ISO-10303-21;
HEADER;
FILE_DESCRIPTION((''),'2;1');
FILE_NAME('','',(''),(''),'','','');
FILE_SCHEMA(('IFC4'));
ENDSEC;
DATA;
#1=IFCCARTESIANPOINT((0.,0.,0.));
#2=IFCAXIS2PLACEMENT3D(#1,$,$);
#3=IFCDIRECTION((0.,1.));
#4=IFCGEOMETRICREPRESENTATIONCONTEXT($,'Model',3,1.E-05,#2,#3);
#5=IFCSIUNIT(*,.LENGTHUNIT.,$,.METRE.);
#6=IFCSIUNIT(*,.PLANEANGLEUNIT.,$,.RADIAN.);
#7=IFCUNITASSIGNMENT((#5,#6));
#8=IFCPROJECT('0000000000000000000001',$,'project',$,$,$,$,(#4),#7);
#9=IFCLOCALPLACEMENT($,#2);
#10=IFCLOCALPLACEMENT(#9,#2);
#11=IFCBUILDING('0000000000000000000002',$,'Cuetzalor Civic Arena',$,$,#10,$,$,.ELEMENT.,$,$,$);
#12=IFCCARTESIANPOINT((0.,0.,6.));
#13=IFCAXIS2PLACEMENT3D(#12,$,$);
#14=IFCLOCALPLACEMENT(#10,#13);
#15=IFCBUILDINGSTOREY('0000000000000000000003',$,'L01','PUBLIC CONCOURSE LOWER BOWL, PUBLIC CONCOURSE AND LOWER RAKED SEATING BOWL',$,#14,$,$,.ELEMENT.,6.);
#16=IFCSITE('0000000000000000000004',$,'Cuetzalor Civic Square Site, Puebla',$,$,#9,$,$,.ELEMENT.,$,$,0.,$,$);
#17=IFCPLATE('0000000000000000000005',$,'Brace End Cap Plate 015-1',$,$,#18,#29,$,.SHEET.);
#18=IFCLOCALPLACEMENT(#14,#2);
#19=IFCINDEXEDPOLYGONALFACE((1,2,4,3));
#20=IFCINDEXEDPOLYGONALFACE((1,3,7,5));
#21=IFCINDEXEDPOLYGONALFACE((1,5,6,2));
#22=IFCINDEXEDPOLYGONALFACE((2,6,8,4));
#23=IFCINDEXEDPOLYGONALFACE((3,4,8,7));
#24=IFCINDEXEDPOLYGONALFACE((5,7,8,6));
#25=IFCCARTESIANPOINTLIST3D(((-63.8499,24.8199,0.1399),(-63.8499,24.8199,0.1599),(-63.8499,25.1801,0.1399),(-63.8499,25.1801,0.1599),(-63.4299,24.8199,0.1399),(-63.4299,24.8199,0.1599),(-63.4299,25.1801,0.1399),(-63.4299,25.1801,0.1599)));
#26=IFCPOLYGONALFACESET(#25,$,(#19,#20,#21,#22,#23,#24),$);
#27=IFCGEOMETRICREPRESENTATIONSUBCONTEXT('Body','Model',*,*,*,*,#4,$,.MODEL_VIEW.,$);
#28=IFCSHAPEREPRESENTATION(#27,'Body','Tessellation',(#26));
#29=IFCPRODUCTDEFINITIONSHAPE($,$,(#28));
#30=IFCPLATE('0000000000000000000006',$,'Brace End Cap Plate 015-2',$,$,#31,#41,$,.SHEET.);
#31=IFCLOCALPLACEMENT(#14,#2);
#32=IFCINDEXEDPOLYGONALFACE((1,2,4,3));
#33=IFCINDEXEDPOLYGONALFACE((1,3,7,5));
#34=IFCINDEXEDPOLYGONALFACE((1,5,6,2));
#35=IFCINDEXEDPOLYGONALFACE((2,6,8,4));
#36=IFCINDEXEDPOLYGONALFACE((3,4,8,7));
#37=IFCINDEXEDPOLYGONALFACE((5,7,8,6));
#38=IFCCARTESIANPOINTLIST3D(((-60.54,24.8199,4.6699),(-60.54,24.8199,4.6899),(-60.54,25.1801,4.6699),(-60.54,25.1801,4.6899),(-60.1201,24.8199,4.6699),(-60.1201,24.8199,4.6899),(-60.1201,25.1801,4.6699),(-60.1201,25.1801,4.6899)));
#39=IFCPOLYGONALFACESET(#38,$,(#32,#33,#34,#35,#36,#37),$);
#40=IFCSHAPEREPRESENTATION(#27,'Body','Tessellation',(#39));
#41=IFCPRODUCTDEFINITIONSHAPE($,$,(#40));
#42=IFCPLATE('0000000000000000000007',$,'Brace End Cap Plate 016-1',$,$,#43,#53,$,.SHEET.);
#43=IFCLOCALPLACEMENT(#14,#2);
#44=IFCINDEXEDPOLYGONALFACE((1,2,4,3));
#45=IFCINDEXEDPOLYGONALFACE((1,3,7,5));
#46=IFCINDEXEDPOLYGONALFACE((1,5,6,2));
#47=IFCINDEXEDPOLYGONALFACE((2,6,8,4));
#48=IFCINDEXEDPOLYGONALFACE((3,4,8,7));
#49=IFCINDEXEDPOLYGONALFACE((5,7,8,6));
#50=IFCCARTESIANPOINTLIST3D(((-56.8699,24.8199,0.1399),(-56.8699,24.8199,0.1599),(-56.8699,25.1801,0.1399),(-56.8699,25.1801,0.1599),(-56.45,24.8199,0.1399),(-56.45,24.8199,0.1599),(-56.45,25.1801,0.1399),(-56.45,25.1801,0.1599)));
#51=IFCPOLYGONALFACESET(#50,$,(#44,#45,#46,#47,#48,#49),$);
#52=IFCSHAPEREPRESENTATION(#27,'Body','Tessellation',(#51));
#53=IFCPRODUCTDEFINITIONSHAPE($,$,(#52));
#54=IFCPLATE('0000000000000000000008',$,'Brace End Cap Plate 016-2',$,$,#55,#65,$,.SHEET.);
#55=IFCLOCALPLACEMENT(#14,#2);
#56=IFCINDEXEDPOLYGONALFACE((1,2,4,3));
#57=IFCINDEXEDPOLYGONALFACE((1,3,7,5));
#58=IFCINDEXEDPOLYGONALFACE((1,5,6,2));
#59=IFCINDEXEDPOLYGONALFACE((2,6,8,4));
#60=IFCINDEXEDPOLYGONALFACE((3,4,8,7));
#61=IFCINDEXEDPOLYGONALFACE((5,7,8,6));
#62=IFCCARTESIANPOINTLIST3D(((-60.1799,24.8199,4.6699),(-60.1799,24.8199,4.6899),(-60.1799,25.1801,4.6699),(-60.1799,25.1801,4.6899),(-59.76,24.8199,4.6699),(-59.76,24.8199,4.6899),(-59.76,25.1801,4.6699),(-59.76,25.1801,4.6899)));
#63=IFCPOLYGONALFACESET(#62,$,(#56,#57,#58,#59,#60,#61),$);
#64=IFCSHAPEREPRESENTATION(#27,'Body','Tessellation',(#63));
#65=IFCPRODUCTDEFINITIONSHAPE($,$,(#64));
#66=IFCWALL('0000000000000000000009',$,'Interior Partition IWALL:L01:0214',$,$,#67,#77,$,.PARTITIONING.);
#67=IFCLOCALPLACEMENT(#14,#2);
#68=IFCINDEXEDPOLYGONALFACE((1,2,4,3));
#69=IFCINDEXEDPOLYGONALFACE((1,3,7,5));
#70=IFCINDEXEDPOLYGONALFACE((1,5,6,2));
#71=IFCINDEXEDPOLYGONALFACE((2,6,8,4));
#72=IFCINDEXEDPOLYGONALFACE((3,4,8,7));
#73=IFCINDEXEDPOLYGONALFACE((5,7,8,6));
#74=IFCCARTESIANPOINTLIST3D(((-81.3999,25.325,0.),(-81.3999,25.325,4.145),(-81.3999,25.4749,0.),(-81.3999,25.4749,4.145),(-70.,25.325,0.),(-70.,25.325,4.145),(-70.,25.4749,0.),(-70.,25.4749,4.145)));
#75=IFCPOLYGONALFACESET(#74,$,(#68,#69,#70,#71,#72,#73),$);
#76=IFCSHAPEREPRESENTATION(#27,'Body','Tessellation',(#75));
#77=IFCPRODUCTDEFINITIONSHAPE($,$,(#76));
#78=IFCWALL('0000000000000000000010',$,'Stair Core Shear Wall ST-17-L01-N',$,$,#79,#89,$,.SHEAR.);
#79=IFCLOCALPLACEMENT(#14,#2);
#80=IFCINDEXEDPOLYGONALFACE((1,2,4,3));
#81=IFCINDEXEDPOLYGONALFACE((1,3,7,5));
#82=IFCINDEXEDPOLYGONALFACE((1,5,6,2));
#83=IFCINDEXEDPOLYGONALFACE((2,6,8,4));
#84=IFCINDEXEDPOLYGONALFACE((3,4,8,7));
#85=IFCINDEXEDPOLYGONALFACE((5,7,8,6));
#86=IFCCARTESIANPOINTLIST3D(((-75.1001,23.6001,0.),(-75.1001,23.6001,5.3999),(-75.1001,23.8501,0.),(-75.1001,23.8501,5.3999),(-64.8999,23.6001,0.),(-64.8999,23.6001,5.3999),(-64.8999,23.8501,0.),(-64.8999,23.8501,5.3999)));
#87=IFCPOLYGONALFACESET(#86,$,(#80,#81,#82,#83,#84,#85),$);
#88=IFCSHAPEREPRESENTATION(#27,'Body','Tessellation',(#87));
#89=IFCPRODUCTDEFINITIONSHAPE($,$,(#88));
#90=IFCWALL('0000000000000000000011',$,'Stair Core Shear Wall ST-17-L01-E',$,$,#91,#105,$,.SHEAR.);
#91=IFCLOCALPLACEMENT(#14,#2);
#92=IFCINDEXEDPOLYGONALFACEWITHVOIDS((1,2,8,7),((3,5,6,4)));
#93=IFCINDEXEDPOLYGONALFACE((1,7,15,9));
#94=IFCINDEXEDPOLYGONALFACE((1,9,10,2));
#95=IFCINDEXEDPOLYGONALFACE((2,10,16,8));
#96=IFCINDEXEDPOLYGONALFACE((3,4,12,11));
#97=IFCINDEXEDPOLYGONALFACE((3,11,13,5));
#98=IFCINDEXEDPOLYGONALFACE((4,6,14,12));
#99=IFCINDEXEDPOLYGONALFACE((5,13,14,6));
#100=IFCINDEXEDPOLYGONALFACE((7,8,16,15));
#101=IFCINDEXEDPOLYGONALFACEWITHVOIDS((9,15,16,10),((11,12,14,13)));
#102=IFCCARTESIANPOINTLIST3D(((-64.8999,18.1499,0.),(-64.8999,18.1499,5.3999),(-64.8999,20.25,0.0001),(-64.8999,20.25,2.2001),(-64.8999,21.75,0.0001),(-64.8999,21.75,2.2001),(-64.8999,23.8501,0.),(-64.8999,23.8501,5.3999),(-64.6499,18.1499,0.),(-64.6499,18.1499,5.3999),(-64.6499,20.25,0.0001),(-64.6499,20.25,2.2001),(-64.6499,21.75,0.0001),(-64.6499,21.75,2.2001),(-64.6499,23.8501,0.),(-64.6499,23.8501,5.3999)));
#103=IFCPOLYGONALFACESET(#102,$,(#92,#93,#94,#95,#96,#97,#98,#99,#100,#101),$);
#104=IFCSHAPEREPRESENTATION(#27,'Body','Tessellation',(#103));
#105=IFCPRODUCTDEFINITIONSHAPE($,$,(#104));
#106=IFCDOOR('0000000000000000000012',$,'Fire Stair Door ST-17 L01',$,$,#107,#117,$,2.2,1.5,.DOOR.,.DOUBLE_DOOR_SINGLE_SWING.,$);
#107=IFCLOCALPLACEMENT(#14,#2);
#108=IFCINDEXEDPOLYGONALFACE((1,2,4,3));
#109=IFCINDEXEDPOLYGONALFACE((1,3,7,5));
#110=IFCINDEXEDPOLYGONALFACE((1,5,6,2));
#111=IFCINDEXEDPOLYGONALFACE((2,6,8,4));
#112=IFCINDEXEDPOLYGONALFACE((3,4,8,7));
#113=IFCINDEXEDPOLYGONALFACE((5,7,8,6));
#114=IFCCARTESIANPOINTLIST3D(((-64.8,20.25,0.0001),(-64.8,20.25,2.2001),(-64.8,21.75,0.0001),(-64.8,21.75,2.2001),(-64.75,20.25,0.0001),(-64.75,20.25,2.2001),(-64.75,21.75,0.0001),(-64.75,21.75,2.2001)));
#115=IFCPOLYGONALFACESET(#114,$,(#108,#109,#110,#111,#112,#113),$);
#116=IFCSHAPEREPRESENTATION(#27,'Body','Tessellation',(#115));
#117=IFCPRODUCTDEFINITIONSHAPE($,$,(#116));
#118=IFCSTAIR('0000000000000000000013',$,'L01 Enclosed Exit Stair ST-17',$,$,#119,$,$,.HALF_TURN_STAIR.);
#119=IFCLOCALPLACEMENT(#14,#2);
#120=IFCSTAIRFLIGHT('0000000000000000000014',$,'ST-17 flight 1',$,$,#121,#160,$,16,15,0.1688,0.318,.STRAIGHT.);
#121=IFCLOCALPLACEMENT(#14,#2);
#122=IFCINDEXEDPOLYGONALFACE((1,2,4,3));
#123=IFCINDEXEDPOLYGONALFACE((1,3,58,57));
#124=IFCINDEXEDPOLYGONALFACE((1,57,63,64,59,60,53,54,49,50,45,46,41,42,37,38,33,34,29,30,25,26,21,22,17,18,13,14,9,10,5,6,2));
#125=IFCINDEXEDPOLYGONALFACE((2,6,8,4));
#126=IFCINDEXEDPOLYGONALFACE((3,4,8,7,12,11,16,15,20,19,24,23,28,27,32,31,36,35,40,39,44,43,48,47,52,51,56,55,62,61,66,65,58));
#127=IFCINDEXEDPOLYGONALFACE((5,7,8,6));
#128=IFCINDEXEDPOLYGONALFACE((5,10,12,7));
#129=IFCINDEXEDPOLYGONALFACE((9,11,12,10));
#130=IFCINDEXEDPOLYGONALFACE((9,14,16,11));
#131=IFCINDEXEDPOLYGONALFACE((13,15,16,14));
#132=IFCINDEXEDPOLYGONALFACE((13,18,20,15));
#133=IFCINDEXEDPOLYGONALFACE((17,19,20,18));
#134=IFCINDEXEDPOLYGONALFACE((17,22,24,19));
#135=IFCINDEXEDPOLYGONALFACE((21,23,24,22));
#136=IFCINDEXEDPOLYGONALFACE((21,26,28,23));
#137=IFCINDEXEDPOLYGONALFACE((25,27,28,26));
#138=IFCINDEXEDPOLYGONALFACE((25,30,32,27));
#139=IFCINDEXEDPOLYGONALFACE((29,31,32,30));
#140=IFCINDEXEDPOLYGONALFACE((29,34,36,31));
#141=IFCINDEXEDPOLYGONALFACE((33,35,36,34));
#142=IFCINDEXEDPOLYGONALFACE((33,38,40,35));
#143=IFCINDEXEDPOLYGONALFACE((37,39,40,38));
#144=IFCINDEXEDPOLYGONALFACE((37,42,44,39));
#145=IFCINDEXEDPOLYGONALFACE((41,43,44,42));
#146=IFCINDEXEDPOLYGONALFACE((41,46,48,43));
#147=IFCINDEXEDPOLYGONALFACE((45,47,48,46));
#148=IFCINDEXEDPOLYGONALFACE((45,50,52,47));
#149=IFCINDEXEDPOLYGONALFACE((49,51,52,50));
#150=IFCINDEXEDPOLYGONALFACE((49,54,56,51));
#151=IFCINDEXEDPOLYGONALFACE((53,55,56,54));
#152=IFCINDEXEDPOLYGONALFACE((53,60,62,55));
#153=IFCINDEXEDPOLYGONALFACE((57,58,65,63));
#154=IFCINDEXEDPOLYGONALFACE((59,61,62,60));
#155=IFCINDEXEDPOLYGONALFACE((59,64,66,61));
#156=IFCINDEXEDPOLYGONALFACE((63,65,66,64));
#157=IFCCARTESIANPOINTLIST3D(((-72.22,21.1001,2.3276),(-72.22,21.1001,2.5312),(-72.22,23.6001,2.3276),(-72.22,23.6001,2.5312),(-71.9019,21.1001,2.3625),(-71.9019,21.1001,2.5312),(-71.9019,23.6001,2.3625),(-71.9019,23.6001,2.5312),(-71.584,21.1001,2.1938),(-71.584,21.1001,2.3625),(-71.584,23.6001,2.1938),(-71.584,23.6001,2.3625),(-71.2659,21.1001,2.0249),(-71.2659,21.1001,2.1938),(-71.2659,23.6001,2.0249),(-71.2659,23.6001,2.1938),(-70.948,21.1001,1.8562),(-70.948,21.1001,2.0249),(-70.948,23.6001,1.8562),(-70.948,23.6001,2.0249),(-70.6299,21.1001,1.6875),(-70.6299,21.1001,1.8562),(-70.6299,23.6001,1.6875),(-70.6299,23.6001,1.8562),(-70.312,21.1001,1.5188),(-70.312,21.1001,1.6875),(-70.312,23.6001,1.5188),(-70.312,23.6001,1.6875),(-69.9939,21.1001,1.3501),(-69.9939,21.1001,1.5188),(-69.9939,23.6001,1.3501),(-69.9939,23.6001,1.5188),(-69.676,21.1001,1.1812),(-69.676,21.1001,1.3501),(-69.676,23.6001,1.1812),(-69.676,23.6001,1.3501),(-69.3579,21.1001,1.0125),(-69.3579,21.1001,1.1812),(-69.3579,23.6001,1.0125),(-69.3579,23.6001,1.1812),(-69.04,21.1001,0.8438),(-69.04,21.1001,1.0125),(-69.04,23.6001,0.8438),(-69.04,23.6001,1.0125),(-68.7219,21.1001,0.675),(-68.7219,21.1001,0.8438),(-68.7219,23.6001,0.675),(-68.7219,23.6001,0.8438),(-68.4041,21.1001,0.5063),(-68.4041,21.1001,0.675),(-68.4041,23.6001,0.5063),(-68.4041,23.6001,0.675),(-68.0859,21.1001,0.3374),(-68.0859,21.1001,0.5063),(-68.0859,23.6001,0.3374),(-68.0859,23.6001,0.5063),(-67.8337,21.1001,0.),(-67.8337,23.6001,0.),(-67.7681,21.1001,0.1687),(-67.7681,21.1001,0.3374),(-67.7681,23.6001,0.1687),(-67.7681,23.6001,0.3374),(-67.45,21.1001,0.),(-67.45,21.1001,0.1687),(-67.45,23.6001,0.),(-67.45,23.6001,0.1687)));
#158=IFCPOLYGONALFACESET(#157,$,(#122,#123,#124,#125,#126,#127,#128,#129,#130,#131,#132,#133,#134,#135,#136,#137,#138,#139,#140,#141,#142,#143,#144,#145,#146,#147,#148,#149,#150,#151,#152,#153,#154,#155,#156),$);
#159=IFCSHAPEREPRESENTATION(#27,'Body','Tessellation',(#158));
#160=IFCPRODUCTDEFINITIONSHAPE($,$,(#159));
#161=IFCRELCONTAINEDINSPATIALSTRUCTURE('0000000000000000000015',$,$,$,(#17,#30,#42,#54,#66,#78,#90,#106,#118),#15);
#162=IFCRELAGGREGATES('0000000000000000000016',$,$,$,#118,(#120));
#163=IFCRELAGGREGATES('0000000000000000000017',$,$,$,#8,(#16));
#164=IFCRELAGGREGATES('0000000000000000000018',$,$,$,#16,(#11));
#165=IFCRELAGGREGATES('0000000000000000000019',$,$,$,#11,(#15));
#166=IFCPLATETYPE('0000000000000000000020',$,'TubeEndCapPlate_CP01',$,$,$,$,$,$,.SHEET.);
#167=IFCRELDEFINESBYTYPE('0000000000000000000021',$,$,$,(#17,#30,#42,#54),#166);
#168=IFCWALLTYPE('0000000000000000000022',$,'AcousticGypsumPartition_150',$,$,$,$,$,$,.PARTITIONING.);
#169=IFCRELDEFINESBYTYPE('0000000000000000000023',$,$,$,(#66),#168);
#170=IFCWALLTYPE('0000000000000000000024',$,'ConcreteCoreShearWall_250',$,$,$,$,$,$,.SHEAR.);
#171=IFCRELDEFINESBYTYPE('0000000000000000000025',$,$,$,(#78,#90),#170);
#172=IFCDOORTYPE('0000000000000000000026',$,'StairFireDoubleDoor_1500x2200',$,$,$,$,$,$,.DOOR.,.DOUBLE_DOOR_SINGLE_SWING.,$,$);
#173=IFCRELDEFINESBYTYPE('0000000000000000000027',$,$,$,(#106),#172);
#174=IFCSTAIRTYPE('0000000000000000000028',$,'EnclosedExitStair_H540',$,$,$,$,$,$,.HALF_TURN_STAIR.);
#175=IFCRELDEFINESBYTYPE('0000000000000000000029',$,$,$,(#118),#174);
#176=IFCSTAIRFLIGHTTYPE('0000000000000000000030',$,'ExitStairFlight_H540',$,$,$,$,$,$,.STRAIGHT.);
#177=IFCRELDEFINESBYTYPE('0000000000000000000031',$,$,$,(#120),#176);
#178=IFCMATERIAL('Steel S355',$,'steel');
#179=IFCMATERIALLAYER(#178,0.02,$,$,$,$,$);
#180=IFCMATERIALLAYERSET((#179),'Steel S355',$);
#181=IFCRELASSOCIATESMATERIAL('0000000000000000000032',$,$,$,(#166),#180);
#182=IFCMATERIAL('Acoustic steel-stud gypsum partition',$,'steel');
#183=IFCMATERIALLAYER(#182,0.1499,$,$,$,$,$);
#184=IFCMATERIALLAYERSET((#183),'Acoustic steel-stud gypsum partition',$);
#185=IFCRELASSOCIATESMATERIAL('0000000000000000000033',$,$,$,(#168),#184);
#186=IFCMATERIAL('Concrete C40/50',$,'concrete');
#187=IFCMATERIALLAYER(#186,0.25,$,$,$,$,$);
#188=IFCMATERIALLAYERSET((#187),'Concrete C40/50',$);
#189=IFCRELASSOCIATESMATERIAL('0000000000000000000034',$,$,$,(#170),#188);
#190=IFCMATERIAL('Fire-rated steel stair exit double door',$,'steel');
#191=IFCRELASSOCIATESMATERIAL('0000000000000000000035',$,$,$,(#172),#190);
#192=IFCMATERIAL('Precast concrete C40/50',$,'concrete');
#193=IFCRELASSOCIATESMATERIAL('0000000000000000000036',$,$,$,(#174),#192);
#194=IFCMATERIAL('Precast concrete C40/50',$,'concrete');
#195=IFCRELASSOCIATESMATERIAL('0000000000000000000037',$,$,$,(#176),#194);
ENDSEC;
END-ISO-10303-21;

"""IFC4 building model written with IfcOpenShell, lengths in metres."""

from ifc_helpers import new_model, si_unit, direction, frame, frame_2d, origin, origin_2d, place, context, subcontext, project, spatial, polyline, rectangle, outline, extrude, material, layer, layer_set, type_object, element, fill, aggregate, save


model = new_model("IFC4")

# Units and contexts
model_context = context("Model", 3, precision=1e-05, world=origin(), true_north=direction((0.0, 1.0)))
body_context = subcontext(model_context, "Body", "Model", "MODEL_VIEW")
ifc_project = project(units=[si_unit("LENGTHUNIT", "METRE"), si_unit("PLANEANGLEUNIT", "RADIAN")], contexts=[model_context])

# Site, building, storey
site_placement = place(None, origin())
site = spatial("IfcSite", under=ifc_project, at=site_placement, Name="Cuetzalor Civic Square Site, Puebla", CompositionType="ELEMENT", RefElevation=0.0)
building_placement = place(site_placement, origin())
building = spatial("IfcBuilding", under=site, at=building_placement, Name="Cuetzalor Civic Arena", CompositionType="ELEMENT")
storey_placement = place(building_placement, frame((0.0, 0.0, 6.0)))
storey = spatial("IfcBuildingStorey", under=building, at=storey_placement, Name="L01", Description="PUBLIC CONCOURSE LOWER BOWL, PUBLIC CONCOURSE AND LOWER RAKED SEATING BOWL", CompositionType="ELEMENT", Elevation=6.0)

# Plates
ifc_material_1 = material(Name="Steel S355", Category="steel")
ifc_layer_1 = layer(ifc_material_1, 0.02)
ifc_layer_set_1 = layer_set([ifc_layer_1], Name="Steel S355")
plate_type = type_object("IfcPlateType", Name="TubeEndCapPlate_CP01", PredefinedType="SHEET", material=ifc_layer_set_1)
for number, where, z_axis, x_axis, name in (
    (1, (-63.6399, 25.0, 0.1399), (0.0, 0.0, 1.0), (1.0, 0.0, 0.0), "Brace End Cap Plate 015-1"),
    (2, (-60.3301, 25.0, 4.6699), (0.0, 0.0, 1.0), (1.0, 0.0, 0.0), "Brace End Cap Plate 015-2"),
    (3, (-56.6599, 25.0, 0.1399), (0.0, 0.0, 1.0), (1.0, 0.0, 0.0), "Brace End Cap Plate 016-1"),
    (4, (-59.97, 25.0, 4.6699), (0.0, 0.0, 1.0), (1.0, 0.0, 0.0), "Brace End Cap Plate 016-2"),
):
    element("IfcPlate", number, at=place(storey_placement, frame(where, z_axis=z_axis, x_axis=x_axis)), inside=storey, type_object=plate_type, Name=name, PredefinedType="SHEET", context=body_context, shape_type="SweptSolid", body=[
        extrude(rectangle(XDim=0.4199, YDim=0.3601, at=origin_2d()), origin(), (0.0, 0.0, 1.0), 0.02),
    ])

# Walls
ifc_material_2 = material(Name="Acoustic steel-stud gypsum partition", Category="steel")
ifc_layer_2 = layer(ifc_material_2, 0.1499)
ifc_layer_set_2 = layer_set([ifc_layer_2], Name="Acoustic steel-stud gypsum partition")
wall_type_1 = type_object("IfcWallType", Name="AcousticGypsumPartition_150", PredefinedType="PARTITIONING", material=ifc_layer_set_2)
wall_1_placement = place(storey_placement, frame((-70.0, 25.3999, 0.0), z_axis=(0.0, 0.0, 1.0), x_axis=(-1.0, 0.0, 0.0)))
element("IfcWall", 5, at=wall_1_placement, inside=storey, type_object=wall_type_1, Name="Interior Partition IWALL:L01:0214", PredefinedType="PARTITIONING", context=body_context, shape_type="SweptSolid", body=[
    extrude(rectangle(XDim=11.3999, YDim=0.1499, at=frame_2d((5.7, 0.0))), origin(), (0.0, 0.0, 1.0), 4.145),
])
ifc_material_3 = material(Name="Concrete C40/50", Category="concrete")
ifc_layer_3 = layer(ifc_material_3, 0.25)
ifc_layer_set_3 = layer_set([ifc_layer_3], Name="Concrete C40/50")
wall_type_2 = type_object("IfcWallType", Name="ConcreteCoreShearWall_250", PredefinedType="SHEAR", material=ifc_layer_set_3)
wall_2_placement = place(storey_placement, frame((-75.1001, 23.7251, 0.0), z_axis=(0.0, 0.0, 1.0), x_axis=(1.0, 0.0, 0.0)))
element("IfcWall", 6, at=wall_2_placement, inside=storey, type_object=wall_type_2, Name="Stair Core Shear Wall ST-17-L01-N", PredefinedType="SHEAR", context=body_context, shape_type="SweptSolid", body=[
    extrude(rectangle(XDim=10.2002, YDim=0.25, at=frame_2d((5.1001, 0.0))), origin(), (0.0, 0.0, 1.0), 5.3999),
])

# Wall, opening, door
wall_3_placement = place(storey_placement, frame((-64.7749, 23.8501, 0.0), z_axis=(0.0, 0.0, 1.0), x_axis=(0.0, -1.0, 0.0)))
wall_3 = element("IfcWall", 7, at=wall_3_placement, inside=storey, type_object=wall_type_2, Name="Stair Core Shear Wall ST-17-L01-E", PredefinedType="SHEAR", context=body_context, shape_type="SweptSolid", body=[
    extrude(rectangle(XDim=5.7002, YDim=0.25, at=frame_2d((2.8501, 0.0))), origin(), (0.0, 0.0, 1.0), 5.3999),
])
opening_placement = place(wall_3_placement, frame((2.1001, 0.0, 0.0)))
opening = element("IfcOpeningElement", 8, at=opening_placement, cuts=wall_3, PredefinedType="OPENING", context=body_context, shape_type="SweptSolid", body=[
    extrude(rectangle(XDim=1.5, YDim=2.2, at=frame_2d((0.75, 1.1001))), frame((0.0, 0.135, 0.0), z_axis=(0.0, -1.0, 0.0), x_axis=(1.0, 0.0, 0.0)), (0.0, 0.0, 1.0), 0.27),
])
ifc_material_4 = material(Name="Fire-rated steel stair exit double door", Category="steel")
door_type = type_object("IfcDoorType", Name="StairFireDoubleDoor_1500x2200", OperationType="DOUBLE_DOOR_SINGLE_SWING", PredefinedType="DOOR", material=ifc_material_4)
door_placement = place(opening_placement, origin())
door = element("IfcDoor", 9, at=door_placement, inside=storey, type_object=door_type, Name="Fire Stair Door ST-17 L01", OperationType="DOUBLE_DOOR_SINGLE_SWING", OverallHeight=2.2, OverallWidth=1.5, PredefinedType="DOOR", context=body_context, shape_type="SweptSolid", body=[
    extrude(rectangle(XDim=1.5, YDim=2.2, at=frame_2d((0.75, 1.1001))), frame((0.0, 0.0249, 0.0), z_axis=(0.0, -1.0, 0.0), x_axis=(1.0, 0.0, 0.0)), (0.0, 0.0, 1.0), 0.05),
])
fill(opening, door)

# Stair, stair flight
ifc_material_5 = material(Name="Precast concrete C40/50", Category="concrete")
stair_type = type_object("IfcStairType", Name="EnclosedExitStair_H540", PredefinedType="HALF_TURN_STAIR", material=ifc_material_5)
stair_placement = place(storey_placement, origin())
stair = element("IfcStair", 10, at=stair_placement, inside=storey, type_object=stair_type, Name="L01 Enclosed Exit Stair ST-17", PredefinedType="HALF_TURN_STAIR")
ifc_material_6 = material(Name="Precast concrete C40/50", Category="concrete")
stair_flight_type = type_object("IfcStairFlightType", Name="ExitStairFlight_H540", PredefinedType="STRAIGHT", material=ifc_material_6)
stair_flight_placement = place(storey_placement, frame((-67.45, 22.3501, 0.0), z_axis=(0.0, 0.0, 1.0), x_axis=(-1.0, 0.0, 0.0)))
stair_flight = element("IfcStairFlight", 11, at=stair_flight_placement, type_object=stair_flight_type, Name="ST-17 flight 1", NumberOfRisers=16, NumberOfTreads=15, PredefinedType="STRAIGHT", RiserHeight=0.1688, TreadLength=0.318, context=body_context, shape_type="SweptSolid", body=[
    extrude(outline(polyline([(0.0, 0.0), (0.0, 0.1687), (0.3181, 0.1687), (0.3181, 0.3374), (0.636, 0.3374), (0.636, 0.5063), (0.9541, 0.5063), (0.9541, 0.675), (1.272, 0.675), (1.272, 0.8438), (1.5901, 0.8438), (1.5901, 1.0125), (1.908, 1.0125), (1.908, 1.1812), (2.2261, 1.1812), (2.2261, 1.3501), (2.5439, 1.3501), (2.5439, 1.5188), (2.8621, 1.5188), (2.8621, 1.6875), (3.1799, 1.6875), (3.1799, 1.8562), (3.498, 1.8562), (3.498, 2.0249), (3.8159, 2.0249), (3.8159, 2.1938), (4.134, 2.1938), (4.134, 2.3625), (4.4519, 2.3625), (4.4519, 2.5312), (4.77, 2.5312), (4.77, 2.7), (4.77, 2.3276), (0.3838, 0.0), (0.0, 0.0)])), frame((0.0, 1.25, 0.0), z_axis=(0.0, -1.0, 0.0), x_axis=(1.0, 0.0, 0.0)), (0.0, 0.0, 1.0), 2.5),
])
aggregate(stair, [stair_flight])

save(model, "model.ifc")
